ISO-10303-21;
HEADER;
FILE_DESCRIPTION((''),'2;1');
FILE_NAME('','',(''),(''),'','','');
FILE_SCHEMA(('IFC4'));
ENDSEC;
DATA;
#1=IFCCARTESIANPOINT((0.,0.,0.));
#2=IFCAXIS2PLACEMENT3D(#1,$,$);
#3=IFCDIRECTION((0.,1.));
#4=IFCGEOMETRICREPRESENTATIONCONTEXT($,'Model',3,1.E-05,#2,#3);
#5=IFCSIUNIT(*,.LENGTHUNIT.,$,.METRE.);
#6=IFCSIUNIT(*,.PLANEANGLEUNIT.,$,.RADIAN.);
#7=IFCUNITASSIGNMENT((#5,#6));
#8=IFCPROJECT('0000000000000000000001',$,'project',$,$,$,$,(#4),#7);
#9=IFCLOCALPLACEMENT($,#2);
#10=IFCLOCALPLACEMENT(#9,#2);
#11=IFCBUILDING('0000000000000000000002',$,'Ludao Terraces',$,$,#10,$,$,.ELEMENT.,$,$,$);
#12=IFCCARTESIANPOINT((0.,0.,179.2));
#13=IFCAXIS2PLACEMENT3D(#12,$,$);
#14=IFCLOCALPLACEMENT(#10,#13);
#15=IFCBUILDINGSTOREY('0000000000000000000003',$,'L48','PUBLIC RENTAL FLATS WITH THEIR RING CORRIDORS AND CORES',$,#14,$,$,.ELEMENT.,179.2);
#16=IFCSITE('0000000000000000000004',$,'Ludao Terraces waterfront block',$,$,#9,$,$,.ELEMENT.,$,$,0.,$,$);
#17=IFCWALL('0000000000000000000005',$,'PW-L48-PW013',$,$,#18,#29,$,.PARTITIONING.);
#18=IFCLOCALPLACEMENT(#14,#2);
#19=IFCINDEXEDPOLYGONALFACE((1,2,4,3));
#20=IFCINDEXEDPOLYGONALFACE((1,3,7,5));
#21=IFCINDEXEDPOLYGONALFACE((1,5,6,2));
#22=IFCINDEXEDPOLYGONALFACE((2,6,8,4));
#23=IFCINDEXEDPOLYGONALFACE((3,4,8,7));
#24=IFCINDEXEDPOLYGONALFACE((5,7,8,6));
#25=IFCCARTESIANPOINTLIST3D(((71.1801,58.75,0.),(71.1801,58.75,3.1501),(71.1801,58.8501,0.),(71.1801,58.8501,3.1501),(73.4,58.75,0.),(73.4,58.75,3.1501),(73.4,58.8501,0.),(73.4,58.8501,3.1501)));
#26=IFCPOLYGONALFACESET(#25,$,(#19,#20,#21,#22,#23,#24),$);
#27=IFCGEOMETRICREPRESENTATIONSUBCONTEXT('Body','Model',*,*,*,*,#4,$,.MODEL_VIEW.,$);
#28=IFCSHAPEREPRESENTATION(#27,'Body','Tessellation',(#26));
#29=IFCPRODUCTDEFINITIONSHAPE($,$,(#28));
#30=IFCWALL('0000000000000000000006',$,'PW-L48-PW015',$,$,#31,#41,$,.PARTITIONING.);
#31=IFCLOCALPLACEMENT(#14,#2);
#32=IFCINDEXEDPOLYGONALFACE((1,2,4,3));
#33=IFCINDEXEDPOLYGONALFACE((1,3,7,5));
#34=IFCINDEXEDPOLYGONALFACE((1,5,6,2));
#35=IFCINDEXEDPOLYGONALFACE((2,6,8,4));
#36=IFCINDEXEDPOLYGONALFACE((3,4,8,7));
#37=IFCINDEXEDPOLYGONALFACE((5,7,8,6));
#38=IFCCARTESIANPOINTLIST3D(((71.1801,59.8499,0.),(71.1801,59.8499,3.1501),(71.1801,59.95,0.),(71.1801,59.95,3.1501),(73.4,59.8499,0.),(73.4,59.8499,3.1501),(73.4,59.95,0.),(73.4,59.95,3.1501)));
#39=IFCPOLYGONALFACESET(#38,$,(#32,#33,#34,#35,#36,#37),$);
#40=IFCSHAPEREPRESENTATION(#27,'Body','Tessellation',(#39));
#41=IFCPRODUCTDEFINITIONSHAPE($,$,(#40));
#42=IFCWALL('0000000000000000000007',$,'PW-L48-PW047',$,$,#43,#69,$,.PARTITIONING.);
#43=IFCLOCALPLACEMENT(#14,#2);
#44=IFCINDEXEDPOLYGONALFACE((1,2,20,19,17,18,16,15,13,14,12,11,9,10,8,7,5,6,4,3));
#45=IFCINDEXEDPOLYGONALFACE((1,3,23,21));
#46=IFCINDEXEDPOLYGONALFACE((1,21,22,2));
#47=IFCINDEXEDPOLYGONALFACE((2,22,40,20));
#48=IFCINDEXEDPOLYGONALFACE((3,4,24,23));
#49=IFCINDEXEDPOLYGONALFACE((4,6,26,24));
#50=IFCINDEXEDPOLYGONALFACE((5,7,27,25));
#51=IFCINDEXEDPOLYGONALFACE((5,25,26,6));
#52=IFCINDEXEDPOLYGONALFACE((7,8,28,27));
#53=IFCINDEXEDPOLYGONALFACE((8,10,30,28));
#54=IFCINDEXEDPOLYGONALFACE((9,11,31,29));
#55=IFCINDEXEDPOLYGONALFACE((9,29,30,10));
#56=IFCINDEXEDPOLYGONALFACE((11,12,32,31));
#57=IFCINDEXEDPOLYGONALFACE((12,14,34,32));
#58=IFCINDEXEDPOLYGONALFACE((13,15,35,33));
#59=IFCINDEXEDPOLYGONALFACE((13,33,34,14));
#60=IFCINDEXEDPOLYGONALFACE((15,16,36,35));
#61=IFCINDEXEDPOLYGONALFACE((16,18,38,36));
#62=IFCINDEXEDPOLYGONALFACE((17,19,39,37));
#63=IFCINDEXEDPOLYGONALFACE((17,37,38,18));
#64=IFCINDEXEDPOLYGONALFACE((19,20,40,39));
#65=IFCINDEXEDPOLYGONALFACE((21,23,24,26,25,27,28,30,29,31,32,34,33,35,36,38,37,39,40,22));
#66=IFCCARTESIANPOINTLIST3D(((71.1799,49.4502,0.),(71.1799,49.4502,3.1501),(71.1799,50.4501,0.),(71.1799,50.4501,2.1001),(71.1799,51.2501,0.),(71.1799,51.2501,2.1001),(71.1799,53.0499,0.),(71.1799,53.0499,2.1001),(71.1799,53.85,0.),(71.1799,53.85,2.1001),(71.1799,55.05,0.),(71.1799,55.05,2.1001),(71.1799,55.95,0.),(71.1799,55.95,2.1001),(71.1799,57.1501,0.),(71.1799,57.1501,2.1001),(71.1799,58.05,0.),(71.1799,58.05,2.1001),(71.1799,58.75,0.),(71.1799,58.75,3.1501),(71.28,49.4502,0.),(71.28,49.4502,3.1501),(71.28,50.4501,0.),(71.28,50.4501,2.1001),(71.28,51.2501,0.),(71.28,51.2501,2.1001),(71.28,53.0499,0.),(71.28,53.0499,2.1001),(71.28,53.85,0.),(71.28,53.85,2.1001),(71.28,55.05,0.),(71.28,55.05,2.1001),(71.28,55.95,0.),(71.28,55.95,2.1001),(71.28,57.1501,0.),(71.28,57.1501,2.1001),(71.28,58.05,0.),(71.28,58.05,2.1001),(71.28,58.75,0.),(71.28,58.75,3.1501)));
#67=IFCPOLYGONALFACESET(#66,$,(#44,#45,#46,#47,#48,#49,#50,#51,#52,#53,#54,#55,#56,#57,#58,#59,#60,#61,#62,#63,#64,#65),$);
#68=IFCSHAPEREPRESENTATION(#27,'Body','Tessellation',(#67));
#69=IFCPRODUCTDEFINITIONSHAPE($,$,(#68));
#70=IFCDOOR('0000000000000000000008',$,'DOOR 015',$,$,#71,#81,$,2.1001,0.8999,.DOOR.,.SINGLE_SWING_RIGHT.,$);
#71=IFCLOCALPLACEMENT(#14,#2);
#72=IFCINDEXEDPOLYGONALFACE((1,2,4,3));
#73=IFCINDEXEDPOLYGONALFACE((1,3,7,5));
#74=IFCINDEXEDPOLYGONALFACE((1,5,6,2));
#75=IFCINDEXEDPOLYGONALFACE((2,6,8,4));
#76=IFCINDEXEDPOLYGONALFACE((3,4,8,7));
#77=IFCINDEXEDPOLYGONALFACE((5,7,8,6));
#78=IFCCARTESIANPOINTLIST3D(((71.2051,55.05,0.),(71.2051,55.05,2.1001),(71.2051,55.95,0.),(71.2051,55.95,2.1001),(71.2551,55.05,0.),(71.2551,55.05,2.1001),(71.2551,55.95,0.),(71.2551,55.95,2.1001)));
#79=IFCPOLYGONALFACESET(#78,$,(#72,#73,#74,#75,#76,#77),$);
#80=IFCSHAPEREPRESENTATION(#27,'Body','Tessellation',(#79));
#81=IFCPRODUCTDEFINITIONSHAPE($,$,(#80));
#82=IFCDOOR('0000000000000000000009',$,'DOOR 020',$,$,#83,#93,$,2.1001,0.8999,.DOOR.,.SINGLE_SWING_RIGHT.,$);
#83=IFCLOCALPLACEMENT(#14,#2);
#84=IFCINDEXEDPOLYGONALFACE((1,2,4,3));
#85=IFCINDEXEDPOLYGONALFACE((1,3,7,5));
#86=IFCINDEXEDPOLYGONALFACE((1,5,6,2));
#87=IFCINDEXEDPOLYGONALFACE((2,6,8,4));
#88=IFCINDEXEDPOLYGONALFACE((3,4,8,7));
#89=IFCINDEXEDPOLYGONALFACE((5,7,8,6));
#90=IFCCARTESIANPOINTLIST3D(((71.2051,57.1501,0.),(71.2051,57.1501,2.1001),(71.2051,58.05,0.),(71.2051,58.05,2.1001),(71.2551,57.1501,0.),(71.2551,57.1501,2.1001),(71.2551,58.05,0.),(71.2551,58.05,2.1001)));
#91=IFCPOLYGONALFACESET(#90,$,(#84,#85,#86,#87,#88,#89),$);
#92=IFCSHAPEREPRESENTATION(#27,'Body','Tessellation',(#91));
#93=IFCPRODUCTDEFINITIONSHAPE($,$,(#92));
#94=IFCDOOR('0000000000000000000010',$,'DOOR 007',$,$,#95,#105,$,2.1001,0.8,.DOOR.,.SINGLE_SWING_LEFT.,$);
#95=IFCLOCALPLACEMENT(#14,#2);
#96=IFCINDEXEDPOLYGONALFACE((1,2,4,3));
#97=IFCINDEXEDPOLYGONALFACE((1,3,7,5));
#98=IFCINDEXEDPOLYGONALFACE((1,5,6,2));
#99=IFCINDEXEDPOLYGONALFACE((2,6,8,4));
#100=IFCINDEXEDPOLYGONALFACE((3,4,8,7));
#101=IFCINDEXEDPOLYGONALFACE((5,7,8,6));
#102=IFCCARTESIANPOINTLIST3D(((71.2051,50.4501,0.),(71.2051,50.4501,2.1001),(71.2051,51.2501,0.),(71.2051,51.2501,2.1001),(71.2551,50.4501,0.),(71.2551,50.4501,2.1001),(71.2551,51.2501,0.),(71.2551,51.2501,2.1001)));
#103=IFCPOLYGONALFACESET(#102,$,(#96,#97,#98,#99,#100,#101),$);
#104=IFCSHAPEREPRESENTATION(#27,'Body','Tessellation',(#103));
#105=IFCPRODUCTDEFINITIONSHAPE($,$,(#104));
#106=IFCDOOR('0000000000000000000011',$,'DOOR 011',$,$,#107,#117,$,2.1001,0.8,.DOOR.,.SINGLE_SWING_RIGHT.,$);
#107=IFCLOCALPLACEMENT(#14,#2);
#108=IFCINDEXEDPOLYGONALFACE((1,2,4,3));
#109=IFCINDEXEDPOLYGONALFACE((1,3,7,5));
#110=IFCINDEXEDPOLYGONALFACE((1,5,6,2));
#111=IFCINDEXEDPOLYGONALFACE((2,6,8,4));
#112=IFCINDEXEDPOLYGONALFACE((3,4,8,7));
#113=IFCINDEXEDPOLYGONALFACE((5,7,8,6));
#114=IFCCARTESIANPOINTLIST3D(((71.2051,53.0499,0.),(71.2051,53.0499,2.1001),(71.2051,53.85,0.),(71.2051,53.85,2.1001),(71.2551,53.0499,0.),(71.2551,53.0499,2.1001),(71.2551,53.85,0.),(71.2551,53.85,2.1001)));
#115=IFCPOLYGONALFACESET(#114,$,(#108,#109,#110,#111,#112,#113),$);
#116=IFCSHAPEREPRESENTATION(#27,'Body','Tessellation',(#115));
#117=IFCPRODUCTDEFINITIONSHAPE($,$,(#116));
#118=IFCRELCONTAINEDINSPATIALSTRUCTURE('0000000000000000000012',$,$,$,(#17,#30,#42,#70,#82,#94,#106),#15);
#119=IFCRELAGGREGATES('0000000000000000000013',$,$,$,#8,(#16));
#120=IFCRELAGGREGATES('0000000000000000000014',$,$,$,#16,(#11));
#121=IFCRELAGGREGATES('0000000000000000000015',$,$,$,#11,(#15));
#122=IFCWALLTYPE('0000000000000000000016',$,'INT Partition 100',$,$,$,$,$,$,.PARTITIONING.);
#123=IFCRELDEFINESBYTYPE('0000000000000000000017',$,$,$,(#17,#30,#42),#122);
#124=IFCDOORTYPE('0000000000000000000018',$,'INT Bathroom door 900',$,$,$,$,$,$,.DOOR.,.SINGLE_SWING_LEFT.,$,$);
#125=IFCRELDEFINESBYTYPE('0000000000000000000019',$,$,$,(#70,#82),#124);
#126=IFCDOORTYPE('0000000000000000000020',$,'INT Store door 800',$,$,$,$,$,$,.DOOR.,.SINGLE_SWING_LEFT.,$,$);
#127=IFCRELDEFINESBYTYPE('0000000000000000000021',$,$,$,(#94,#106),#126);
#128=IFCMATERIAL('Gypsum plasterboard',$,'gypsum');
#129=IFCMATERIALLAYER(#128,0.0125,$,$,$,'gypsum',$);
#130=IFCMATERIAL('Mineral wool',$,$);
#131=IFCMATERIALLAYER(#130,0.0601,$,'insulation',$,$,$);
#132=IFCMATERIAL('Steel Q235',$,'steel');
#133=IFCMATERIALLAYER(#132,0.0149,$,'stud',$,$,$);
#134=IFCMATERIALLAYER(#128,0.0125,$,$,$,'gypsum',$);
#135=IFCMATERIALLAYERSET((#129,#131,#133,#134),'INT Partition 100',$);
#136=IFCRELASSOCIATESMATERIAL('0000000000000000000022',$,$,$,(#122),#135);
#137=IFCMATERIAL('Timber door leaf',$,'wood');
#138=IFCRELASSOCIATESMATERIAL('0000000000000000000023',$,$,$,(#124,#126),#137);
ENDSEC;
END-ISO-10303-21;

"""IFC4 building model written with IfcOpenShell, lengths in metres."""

from ifc_helpers import new_model, si_unit, direction, frame, frame_2d, origin, place, context, subcontext, project, spatial, rectangle, extrude, material, layer, layer_set, type_object, element, fill, save


model = new_model("IFC4")

# Units and contexts
model_context = context("Model", 3, precision=1e-05, world=origin(), true_north=direction((0.0, 1.0)))
body_context = subcontext(model_context, "Body", "Model", "MODEL_VIEW")
ifc_project = project(units=[si_unit("LENGTHUNIT", "METRE"), si_unit("PLANEANGLEUNIT", "RADIAN")], contexts=[model_context])

# Site, building, storey
site_placement = place(None, origin())
site = spatial("IfcSite", under=ifc_project, at=site_placement, Name="Ludao Terraces waterfront block", CompositionType="ELEMENT", RefElevation=0.0)
building_placement = place(site_placement, origin())
building = spatial("IfcBuilding", under=site, at=building_placement, Name="Ludao Terraces", CompositionType="ELEMENT")
storey_placement = place(building_placement, frame((0.0, 0.0, 179.2)))
storey = spatial("IfcBuildingStorey", under=building, at=storey_placement, Name="L48", Description="PUBLIC RENTAL FLATS WITH THEIR RING CORRIDORS AND CORES", CompositionType="ELEMENT", Elevation=179.2)

# Shared definitions
ifc_material_1 = material(Name="Timber door leaf", Category="wood")
ifc_material_2 = material(Name="Steel Q235", Category="steel")

# Walls
ifc_material_3 = material(Name="Gypsum plasterboard", Category="gypsum")
ifc_layer_1 = layer(ifc_material_3, 0.0125, Category="gypsum")
ifc_material_4 = material(Name="Mineral wool")
ifc_layer_2 = layer(ifc_material_4, 0.0601, Name="insulation")
ifc_layer_3 = layer(ifc_material_2, 0.0149, Name="stud")
ifc_layer_4 = layer(ifc_material_3, 0.0125, Category="gypsum")
ifc_layer_set_1 = layer_set([ifc_layer_1, ifc_layer_2, ifc_layer_3, ifc_layer_4], Name="INT Partition 100")
wall_type_1 = type_object("IfcWallType", Name="INT Partition 100", PredefinedType="PARTITIONING", material=ifc_layer_set_1)
for number, where, z_axis, x_axis, name in (
    (1, (71.1802, 58.8, 0.0), (0.0, 0.0, 1.0), (1.0, 0.0, 0.0), "PW-L48-PW013"),
    (2, (71.1802, 59.8999, 0.0), (0.0, 0.0, 1.0), (1.0, 0.0, 0.0), "PW-L48-PW015"),
):
    element("IfcWall", number, at=place(storey_placement, frame(where, z_axis=z_axis, x_axis=x_axis)), inside=storey, type_object=wall_type_1, Name=name, PredefinedType="PARTITIONING", context=body_context, shape_type="SweptSolid", body=[
        extrude(rectangle(XDim=2.22, YDim=0.1001, at=frame_2d((1.1099, 0.0))), origin(), (0.0, 0.0, 1.0), 3.1501),
    ])

# Wall, openings, doors
wall_1_placement = place(storey_placement, frame((71.23, 49.4502, 0.0), z_axis=(0.0, 0.0, 1.0), x_axis=(0.0, 1.0, 0.0)))
wall_1 = element("IfcWall", 3, at=wall_1_placement, inside=storey, type_object=wall_type_1, Name="PW-L48-PW047", PredefinedType="PARTITIONING", context=body_context, shape_type="SweptSolid", body=[
    extrude(rectangle(XDim=9.2998, YDim=0.1001, at=frame_2d((4.6499, 0.0))), origin(), (0.0, 0.0, 1.0), 3.1501),
])
opening_1_placement = place(wall_1_placement, frame((1.0, 0.0, 0.0)))
opening_1 = element("IfcOpeningElement", 4, at=opening_1_placement, cuts=wall_1, PredefinedType="OPENING", context=body_context, shape_type="SweptSolid", body=[
    extrude(rectangle(XDim=0.8, YDim=2.1001, at=frame_2d((0.3999, 1.05))), frame((0.0, 0.0601, 0.0), z_axis=(0.0, -1.0, 0.0), x_axis=(1.0, 0.0, 0.0)), (0.0, 0.0, 1.0), 0.1201),
])
opening_2_placement = place(wall_1_placement, frame((3.5999, 0.0, 0.0)))
opening_2 = element("IfcOpeningElement", 5, at=opening_2_placement, cuts=wall_1, PredefinedType="OPENING", context=body_context, shape_type="SweptSolid", body=[
    extrude(rectangle(XDim=0.8, YDim=2.1001, at=frame_2d((0.3999, 1.05))), frame((0.0, 0.0601, 0.0), z_axis=(0.0, -1.0, 0.0), x_axis=(1.0, 0.0, 0.0)), (0.0, 0.0, 1.0), 0.1201),
])
opening_3_placement = place(wall_1_placement, frame((5.5999, 0.0, 0.0)))
opening_3 = element("IfcOpeningElement", 6, at=opening_3_placement, cuts=wall_1, PredefinedType="OPENING", context=body_context, shape_type="SweptSolid", body=[
    extrude(rectangle(XDim=0.8999, YDim=2.1001, at=frame_2d((0.45, 1.05))), frame((0.0, 0.0601, 0.0), z_axis=(0.0, -1.0, 0.0), x_axis=(1.0, 0.0, 0.0)), (0.0, 0.0, 1.0), 0.1201),
])
opening_4_placement = place(wall_1_placement, frame((7.7, 0.0, 0.0)))
opening_4 = element("IfcOpeningElement", 7, at=opening_4_placement, cuts=wall_1, PredefinedType="OPENING", context=body_context, shape_type="SweptSolid", body=[
    extrude(rectangle(XDim=0.8999, YDim=2.1001, at=frame_2d((0.45, 1.05))), frame((0.0, 0.0601, 0.0), z_axis=(0.0, -1.0, 0.0), x_axis=(1.0, 0.0, 0.0)), (0.0, 0.0, 1.0), 0.1201),
])
door_type_1 = type_object("IfcDoorType", Name="INT Bathroom door 900", OperationType="SINGLE_SWING_LEFT", PredefinedType="DOOR", material=ifc_material_1)
door_1_placement = place(opening_3_placement, origin())
door_1 = element("IfcDoor", 8, at=door_1_placement, inside=storey, type_object=door_type_1, Name="DOOR 015", OperationType="SINGLE_SWING_RIGHT", OverallHeight=2.1001, OverallWidth=0.8999, PredefinedType="DOOR", context=body_context, shape_type="SweptSolid", body=[
    extrude(rectangle(XDim=0.8999, YDim=2.1001, at=frame_2d((0.45, 1.05))), frame((0.0, 0.0249, 0.0), z_axis=(0.0, -1.0, 0.0), x_axis=(1.0, 0.0, 0.0)), (0.0, 0.0, 1.0), 0.05),
])
fill(opening_3, door_1)
door_2_placement = place(opening_4_placement, origin())
door_2 = element("IfcDoor", 9, at=door_2_placement, inside=storey, type_object=door_type_1, Name="DOOR 020", OperationType="SINGLE_SWING_RIGHT", OverallHeight=2.1001, OverallWidth=0.8999, PredefinedType="DOOR", context=body_context, shape_type="SweptSolid", body=[
    extrude(rectangle(XDim=0.8999, YDim=2.1001, at=frame_2d((0.45, 1.05))), frame((0.0, 0.0249, 0.0), z_axis=(0.0, -1.0, 0.0), x_axis=(1.0, 0.0, 0.0)), (0.0, 0.0, 1.0), 0.05),
])
fill(opening_4, door_2)
door_type_2 = type_object("IfcDoorType", Name="INT Store door 800", OperationType="SINGLE_SWING_LEFT", PredefinedType="DOOR", material=ifc_material_1)
door_3_placement = place(opening_1_placement, origin())
door_3 = element("IfcDoor", 10, at=door_3_placement, inside=storey, type_object=door_type_2, Name="DOOR 007", OperationType="SINGLE_SWING_LEFT", OverallHeight=2.1001, OverallWidth=0.8, PredefinedType="DOOR", context=body_context, shape_type="SweptSolid", body=[
    extrude(rectangle(XDim=0.8, YDim=2.1001, at=frame_2d((0.3999, 1.05))), frame((0.0, 0.0249, 0.0), z_axis=(0.0, -1.0, 0.0), x_axis=(1.0, 0.0, 0.0)), (0.0, 0.0, 1.0), 0.05),
])
fill(opening_1, door_3)
door_4_placement = place(opening_2_placement, origin())
door_4 = element("IfcDoor", 11, at=door_4_placement, inside=storey, type_object=door_type_2, Name="DOOR 011", OperationType="SINGLE_SWING_RIGHT", OverallHeight=2.1001, OverallWidth=0.8, PredefinedType="DOOR", context=body_context, shape_type="SweptSolid", body=[
    extrude(rectangle(XDim=0.8, YDim=2.1001, at=frame_2d((0.3999, 1.05))), frame((0.0, 0.0249, 0.0), z_axis=(0.0, -1.0, 0.0), x_axis=(1.0, 0.0, 0.0)), (0.0, 0.0, 1.0), 0.05),
])
fill(opening_2, door_4)

save(model, "model.ifc")
